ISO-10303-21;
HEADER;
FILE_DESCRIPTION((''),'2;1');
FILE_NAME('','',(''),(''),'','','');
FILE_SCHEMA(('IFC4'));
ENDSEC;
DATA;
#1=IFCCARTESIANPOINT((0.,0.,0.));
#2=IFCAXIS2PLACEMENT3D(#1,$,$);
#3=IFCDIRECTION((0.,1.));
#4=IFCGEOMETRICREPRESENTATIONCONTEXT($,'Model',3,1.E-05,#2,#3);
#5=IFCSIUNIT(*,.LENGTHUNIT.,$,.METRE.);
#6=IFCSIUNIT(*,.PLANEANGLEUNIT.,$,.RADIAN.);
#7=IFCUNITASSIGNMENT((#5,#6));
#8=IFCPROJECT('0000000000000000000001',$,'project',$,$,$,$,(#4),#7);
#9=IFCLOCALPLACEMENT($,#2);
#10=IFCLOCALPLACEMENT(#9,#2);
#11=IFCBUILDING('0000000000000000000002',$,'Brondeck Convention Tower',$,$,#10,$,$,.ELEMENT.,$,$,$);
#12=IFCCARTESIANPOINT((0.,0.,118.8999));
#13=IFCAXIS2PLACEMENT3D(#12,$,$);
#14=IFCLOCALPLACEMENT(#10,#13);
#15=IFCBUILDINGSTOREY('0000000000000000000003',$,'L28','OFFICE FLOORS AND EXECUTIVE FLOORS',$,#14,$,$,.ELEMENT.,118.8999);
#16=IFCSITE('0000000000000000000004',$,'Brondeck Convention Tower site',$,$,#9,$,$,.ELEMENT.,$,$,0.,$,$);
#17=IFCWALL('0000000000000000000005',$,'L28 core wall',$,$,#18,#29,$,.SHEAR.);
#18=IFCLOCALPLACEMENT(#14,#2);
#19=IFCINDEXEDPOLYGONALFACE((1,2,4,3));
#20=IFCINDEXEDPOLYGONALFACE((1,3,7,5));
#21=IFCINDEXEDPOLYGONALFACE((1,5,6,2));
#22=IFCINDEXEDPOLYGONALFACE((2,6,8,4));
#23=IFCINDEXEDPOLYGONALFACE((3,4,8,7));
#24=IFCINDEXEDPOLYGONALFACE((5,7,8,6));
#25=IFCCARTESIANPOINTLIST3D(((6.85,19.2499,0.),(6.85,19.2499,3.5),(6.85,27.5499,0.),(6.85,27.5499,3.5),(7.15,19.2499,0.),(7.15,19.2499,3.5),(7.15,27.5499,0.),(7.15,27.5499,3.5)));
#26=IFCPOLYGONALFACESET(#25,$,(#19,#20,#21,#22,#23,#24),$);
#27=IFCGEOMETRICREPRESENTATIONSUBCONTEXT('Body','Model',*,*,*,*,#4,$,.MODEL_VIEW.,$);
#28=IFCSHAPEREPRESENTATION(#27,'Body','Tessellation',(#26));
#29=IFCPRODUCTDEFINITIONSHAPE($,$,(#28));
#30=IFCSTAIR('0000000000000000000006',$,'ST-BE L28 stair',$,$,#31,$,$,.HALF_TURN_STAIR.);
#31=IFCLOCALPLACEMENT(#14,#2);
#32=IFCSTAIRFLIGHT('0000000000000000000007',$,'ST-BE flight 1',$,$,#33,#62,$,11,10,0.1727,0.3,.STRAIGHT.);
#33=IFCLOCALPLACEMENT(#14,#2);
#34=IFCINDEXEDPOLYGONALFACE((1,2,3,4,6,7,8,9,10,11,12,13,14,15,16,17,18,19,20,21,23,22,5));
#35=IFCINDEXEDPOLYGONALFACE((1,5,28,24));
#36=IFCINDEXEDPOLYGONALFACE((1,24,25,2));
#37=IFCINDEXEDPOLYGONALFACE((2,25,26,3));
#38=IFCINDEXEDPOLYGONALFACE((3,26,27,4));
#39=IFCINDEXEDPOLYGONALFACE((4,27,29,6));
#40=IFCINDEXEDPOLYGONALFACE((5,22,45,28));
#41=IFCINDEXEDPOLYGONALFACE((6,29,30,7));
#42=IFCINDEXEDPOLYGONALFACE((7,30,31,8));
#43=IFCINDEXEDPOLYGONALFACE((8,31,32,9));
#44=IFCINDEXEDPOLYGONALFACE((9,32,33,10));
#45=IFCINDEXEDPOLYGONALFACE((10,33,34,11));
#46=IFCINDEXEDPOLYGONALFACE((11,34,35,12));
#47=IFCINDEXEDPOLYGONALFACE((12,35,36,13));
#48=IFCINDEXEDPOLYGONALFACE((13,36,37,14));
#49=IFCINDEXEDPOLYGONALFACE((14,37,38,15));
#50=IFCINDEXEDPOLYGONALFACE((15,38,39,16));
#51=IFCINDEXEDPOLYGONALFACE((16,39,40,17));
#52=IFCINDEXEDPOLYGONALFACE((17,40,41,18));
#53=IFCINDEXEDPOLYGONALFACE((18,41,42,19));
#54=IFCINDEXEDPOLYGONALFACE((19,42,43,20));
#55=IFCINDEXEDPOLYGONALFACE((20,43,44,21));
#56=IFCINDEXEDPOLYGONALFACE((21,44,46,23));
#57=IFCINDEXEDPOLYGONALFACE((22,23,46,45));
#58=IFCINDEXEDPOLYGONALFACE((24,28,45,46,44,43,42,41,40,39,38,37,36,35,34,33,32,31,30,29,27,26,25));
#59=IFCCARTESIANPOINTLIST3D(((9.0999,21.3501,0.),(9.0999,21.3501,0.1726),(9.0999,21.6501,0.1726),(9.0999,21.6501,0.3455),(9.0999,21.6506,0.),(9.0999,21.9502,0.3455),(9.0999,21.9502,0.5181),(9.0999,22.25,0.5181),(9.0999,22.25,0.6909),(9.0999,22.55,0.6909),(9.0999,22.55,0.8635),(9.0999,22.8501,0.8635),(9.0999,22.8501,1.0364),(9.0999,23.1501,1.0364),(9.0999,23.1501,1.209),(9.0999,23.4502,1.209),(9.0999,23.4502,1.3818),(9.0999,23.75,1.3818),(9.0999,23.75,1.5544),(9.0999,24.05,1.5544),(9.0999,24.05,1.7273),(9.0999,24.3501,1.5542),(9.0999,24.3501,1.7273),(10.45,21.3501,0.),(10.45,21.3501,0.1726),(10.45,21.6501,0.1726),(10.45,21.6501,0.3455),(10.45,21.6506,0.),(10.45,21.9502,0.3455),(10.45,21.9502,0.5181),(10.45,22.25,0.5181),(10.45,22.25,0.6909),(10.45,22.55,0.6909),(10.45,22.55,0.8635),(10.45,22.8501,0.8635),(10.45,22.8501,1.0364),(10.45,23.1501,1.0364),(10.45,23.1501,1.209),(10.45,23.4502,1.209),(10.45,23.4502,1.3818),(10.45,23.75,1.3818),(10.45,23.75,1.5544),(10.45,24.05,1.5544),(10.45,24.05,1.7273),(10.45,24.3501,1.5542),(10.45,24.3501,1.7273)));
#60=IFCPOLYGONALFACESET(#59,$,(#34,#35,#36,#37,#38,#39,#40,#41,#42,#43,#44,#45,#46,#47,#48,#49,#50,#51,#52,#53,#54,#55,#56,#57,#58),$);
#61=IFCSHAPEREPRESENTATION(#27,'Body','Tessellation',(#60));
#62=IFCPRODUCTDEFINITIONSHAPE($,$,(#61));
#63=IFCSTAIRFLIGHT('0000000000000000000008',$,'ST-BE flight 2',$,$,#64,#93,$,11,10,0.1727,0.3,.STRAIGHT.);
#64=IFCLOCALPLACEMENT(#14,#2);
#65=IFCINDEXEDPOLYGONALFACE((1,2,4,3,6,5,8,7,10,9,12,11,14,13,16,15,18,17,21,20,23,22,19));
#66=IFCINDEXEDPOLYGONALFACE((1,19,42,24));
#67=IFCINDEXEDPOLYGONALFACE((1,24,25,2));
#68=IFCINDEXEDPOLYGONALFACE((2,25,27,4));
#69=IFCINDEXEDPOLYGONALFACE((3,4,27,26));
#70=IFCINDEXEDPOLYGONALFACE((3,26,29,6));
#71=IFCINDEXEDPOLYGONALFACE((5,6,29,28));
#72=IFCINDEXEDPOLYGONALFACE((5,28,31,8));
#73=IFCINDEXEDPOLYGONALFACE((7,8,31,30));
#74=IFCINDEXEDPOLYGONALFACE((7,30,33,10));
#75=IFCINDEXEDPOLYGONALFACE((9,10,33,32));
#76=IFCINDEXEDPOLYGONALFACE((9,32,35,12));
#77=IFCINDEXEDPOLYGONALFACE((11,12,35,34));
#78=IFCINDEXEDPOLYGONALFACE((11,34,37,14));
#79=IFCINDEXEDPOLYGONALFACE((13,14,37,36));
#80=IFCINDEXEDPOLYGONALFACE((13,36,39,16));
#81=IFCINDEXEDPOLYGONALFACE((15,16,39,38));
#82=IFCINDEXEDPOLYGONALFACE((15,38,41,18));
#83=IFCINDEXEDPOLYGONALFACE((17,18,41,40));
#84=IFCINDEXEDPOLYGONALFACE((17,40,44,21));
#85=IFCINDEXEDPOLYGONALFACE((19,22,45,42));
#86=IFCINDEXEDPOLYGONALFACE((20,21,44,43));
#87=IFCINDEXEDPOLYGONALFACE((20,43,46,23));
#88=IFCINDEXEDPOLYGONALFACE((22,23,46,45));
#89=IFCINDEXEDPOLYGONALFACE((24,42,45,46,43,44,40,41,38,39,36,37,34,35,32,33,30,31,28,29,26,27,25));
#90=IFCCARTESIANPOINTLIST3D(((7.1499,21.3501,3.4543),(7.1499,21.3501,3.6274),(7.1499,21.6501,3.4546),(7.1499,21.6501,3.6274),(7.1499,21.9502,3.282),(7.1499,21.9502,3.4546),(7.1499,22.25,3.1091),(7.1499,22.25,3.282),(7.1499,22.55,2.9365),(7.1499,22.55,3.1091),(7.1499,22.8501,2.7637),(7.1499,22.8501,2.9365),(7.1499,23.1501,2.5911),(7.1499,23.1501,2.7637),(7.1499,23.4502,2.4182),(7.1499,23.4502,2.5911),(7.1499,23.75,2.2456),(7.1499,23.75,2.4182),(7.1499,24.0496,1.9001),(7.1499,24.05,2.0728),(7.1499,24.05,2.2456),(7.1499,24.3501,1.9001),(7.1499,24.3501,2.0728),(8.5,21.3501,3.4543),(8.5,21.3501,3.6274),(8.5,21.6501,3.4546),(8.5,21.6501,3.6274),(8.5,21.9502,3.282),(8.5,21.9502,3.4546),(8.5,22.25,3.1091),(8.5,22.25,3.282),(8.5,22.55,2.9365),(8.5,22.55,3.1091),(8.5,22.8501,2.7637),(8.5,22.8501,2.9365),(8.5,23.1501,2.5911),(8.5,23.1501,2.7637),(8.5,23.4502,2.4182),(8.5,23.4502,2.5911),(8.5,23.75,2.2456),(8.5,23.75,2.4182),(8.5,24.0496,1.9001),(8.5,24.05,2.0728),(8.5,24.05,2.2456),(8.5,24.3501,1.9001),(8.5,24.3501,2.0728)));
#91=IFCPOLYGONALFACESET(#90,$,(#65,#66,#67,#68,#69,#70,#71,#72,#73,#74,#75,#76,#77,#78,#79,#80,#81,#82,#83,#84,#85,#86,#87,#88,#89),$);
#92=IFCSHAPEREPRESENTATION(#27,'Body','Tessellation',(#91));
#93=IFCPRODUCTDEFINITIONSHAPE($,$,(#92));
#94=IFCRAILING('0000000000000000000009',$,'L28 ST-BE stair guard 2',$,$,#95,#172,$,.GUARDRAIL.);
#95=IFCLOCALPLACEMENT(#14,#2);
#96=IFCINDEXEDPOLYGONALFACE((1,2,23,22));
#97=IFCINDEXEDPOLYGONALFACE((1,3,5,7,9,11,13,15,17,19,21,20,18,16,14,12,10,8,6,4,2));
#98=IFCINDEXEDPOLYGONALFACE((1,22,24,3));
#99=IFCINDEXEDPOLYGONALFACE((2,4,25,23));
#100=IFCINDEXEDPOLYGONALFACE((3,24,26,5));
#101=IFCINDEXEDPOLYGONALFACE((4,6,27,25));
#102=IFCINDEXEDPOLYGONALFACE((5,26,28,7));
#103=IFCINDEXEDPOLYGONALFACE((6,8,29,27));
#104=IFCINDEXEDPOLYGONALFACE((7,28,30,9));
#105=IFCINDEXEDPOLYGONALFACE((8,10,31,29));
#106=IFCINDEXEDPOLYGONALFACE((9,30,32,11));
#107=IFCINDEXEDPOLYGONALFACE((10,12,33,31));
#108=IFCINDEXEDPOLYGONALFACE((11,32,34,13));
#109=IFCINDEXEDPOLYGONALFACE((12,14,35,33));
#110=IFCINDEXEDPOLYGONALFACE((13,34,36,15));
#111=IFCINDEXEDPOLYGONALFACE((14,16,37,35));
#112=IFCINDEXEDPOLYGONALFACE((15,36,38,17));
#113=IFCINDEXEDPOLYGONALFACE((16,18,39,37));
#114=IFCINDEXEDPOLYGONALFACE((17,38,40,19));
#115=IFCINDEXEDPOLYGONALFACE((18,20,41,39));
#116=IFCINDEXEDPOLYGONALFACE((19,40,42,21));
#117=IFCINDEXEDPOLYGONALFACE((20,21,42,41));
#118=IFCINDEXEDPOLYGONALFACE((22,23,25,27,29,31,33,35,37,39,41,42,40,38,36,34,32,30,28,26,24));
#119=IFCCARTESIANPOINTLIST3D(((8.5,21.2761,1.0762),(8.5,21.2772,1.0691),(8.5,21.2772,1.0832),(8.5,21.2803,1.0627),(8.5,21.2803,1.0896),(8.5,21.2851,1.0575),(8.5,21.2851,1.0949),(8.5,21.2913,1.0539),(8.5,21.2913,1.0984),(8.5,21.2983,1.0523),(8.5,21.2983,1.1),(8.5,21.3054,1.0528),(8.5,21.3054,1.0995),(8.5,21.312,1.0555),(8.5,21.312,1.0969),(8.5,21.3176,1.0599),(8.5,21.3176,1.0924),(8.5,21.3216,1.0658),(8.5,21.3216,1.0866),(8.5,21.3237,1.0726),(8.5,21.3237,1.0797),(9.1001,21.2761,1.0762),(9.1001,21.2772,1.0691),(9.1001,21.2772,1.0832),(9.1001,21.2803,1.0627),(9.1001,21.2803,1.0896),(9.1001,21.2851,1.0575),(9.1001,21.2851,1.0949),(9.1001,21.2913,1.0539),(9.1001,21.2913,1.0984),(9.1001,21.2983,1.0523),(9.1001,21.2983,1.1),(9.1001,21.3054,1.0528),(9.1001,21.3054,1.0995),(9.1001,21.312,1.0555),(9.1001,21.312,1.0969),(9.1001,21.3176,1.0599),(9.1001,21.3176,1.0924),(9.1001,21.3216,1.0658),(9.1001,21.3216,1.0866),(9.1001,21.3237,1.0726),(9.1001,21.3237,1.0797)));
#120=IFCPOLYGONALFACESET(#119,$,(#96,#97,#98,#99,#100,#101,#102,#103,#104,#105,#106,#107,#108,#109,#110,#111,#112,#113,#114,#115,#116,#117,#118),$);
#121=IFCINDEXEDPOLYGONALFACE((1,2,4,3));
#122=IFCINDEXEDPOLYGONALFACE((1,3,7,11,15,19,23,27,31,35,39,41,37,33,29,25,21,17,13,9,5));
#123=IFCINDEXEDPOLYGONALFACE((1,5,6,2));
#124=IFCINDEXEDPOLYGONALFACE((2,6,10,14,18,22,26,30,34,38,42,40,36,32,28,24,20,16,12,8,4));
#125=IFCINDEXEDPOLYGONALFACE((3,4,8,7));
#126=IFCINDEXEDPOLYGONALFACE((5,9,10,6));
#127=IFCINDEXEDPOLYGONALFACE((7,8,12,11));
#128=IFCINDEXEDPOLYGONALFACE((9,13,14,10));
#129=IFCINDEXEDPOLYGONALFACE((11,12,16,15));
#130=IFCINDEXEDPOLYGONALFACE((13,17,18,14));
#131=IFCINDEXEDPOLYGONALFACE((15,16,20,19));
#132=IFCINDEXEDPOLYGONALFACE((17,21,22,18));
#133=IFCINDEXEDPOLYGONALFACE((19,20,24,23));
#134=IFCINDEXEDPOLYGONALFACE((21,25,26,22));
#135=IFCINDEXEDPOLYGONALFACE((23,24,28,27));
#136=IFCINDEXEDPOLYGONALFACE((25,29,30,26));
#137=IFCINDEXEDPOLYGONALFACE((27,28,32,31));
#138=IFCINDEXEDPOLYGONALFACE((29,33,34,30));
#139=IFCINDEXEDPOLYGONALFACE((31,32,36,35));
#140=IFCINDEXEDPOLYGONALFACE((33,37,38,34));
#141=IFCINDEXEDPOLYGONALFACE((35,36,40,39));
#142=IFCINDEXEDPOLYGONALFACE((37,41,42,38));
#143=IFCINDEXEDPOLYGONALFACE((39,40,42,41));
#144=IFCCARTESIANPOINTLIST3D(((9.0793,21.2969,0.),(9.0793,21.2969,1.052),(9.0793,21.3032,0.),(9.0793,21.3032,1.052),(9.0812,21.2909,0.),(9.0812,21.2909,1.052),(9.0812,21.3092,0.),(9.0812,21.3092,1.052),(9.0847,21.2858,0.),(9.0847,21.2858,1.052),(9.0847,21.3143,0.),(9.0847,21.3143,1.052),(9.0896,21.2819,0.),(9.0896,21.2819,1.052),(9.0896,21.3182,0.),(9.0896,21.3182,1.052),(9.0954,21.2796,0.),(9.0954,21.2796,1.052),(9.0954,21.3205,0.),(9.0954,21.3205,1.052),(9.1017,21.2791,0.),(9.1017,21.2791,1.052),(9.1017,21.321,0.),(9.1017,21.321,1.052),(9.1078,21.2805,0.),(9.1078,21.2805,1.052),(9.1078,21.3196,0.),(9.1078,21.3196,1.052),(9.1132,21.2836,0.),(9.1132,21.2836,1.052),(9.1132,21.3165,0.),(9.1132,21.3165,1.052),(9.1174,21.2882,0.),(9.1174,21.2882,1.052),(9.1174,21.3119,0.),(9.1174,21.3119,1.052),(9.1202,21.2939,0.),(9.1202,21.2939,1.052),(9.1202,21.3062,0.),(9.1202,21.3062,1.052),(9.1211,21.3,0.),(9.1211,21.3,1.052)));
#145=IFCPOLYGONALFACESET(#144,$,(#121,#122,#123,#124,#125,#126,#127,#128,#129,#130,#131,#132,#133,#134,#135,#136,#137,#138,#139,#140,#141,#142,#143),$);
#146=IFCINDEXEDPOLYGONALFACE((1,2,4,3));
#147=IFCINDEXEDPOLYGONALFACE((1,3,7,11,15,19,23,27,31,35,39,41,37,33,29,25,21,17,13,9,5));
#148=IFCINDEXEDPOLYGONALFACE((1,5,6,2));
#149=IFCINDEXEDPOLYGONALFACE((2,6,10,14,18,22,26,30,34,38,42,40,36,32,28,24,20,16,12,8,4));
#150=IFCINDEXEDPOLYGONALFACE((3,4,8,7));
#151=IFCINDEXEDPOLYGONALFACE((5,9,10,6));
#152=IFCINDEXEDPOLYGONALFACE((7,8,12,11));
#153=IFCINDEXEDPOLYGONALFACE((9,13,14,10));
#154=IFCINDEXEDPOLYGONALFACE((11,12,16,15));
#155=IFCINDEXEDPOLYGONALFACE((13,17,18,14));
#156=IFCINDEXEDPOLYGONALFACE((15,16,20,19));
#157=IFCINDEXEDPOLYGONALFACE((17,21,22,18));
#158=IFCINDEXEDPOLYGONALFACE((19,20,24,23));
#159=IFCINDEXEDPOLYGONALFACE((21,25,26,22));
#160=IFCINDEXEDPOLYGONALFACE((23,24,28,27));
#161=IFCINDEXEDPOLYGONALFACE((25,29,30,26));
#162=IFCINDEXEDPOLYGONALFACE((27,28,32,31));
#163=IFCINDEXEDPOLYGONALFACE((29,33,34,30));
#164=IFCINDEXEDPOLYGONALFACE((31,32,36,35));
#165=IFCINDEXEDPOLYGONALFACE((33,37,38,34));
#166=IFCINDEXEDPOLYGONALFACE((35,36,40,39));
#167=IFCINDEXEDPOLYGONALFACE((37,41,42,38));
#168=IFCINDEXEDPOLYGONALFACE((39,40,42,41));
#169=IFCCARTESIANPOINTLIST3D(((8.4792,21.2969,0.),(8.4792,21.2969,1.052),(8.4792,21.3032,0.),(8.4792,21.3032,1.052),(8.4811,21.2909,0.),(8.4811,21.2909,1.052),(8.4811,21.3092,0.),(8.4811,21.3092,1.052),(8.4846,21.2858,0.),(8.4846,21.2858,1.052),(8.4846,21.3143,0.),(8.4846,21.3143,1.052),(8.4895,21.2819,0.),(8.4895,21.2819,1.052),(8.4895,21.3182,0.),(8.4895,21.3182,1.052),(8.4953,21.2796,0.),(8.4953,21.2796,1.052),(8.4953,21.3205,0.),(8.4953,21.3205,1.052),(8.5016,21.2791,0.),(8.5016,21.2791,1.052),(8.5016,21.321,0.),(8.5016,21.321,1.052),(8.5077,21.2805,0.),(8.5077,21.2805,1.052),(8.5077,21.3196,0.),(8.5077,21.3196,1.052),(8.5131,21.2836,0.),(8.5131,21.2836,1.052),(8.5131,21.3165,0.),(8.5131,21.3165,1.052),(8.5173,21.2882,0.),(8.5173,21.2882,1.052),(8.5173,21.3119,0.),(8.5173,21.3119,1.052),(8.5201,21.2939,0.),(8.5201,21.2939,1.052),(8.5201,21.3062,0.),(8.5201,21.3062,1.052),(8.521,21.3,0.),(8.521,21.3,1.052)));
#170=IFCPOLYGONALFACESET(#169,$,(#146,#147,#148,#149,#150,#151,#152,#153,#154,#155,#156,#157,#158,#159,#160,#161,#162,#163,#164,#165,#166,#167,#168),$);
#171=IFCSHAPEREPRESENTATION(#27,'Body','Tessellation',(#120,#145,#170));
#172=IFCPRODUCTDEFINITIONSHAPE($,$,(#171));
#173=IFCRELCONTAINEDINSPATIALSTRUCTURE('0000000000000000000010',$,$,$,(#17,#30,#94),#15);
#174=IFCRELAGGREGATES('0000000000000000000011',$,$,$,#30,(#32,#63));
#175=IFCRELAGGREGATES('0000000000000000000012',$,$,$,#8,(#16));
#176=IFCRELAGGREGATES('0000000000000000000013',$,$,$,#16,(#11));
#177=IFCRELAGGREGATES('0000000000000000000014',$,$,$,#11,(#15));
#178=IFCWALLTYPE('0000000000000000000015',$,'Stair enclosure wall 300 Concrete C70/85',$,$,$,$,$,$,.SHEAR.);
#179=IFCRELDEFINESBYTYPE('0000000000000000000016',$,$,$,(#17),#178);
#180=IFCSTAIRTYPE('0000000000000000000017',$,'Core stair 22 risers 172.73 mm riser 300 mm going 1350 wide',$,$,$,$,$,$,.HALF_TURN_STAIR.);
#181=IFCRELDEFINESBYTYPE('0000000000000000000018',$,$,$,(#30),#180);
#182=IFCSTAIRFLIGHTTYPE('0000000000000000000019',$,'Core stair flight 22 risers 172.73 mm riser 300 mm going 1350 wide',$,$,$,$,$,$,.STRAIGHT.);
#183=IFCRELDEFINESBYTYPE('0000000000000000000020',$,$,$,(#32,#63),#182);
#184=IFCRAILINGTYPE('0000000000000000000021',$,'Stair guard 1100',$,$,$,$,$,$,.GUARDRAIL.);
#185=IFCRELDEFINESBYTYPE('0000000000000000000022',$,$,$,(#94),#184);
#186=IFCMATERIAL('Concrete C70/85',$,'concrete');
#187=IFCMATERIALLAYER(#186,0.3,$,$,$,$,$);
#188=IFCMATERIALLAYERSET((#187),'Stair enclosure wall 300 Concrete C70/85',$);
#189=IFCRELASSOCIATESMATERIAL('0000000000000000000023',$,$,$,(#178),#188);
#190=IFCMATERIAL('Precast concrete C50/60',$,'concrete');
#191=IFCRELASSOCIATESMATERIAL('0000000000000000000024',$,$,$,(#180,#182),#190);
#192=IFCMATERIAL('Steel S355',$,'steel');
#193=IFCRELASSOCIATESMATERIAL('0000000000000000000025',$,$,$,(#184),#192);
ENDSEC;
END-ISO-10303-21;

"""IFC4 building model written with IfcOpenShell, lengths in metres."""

from ifc_helpers import new_model, si_unit, direction, frame, frame_2d, origin, origin_2d, place, context, subcontext, project, spatial, polyline, rectangle, circle, outline, extrude, material, layer, layer_set, type_object, element, aggregate, save


model = new_model("IFC4")

# Units and contexts
model_context = context("Model", 3, precision=1e-05, world=origin(), true_north=direction((0.0, 1.0)))
body_context = subcontext(model_context, "Body", "Model", "MODEL_VIEW")
ifc_project = project(units=[si_unit("LENGTHUNIT", "METRE"), si_unit("PLANEANGLEUNIT", "RADIAN")], contexts=[model_context])

# Site, building, storey
site_placement = place(None, origin())
site = spatial("IfcSite", under=ifc_project, at=site_placement, Name="Brondeck Convention Tower site", CompositionType="ELEMENT", RefElevation=0.0)
building_placement = place(site_placement, origin())
building = spatial("IfcBuilding", under=site, at=building_placement, Name="Brondeck Convention Tower", CompositionType="ELEMENT")
storey_placement = place(building_placement, frame((0.0, 0.0, 118.8999)))
storey = spatial("IfcBuildingStorey", under=building, at=storey_placement, Name="L28", Description="OFFICE FLOORS AND EXECUTIVE FLOORS", CompositionType="ELEMENT", Elevation=118.8999)

# Shared definitions
ifc_material_1 = material(Name="Concrete C70/85", Category="concrete")

# Shared definitions
ifc_material_2 = material(Name="Steel S355", Category="steel")

# Wall
ifc_layer_1 = layer(ifc_material_1, 0.3)
ifc_layer_set_1 = layer_set([ifc_layer_1], Name="Stair enclosure wall 300 Concrete C70/85")
wall_type_1 = type_object("IfcWallType", Name="Stair enclosure wall 300 Concrete C70/85", PredefinedType="SHEAR", material=ifc_layer_set_1)
wall_1_placement = place(storey_placement, frame((7.0, 19.25, 0.0), z_axis=(0.0, 0.0, 1.0), x_axis=(0.0, 1.0, 0.0)))
element("IfcWall", 1, at=wall_1_placement, inside=storey, type_object=wall_type_1, Name="L28 core wall", PredefinedType="SHEAR", context=body_context, shape_type="SweptSolid", body=[
    extrude(rectangle(XDim=8.3, YDim=0.3, at=frame_2d((4.1499, 0.0))), origin(), (0.0, 0.0, 1.0), 3.5),
])

# Stair, stair flights
ifc_material_3 = material(Name="Precast concrete C50/60", Category="concrete")
stair_type = type_object("IfcStairType", Name="Core stair 22 risers 172.73 mm riser 300 mm going 1350 wide", PredefinedType="HALF_TURN_STAIR", material=ifc_material_3)
stair_placement = place(storey_placement, origin())
stair = element("IfcStair", 2, at=stair_placement, inside=storey, type_object=stair_type, Name="ST-BE L28 stair", PredefinedType="HALF_TURN_STAIR")
stair_flight_type = type_object("IfcStairFlightType", Name="Core stair flight 22 risers 172.73 mm riser 300 mm going 1350 wide", PredefinedType="STRAIGHT", material=ifc_material_3)
stair_flight_1_placement = place(storey_placement, frame((9.7749, 21.3501, 0.0), z_axis=(0.0, 0.0, 1.0), x_axis=(0.0, 1.0, 0.0)))
stair_flight_1 = element("IfcStairFlight", 3, at=stair_flight_1_placement, type_object=stair_flight_type, Name="ST-BE flight 1", NumberOfRisers=11, NumberOfTreads=10, PredefinedType="STRAIGHT", RiserHeight=0.1727, TreadLength=0.3, context=body_context, shape_type="SweptSolid", body=[
    extrude(outline(polyline([(0.0, 0.0), (0.0, 0.1726), (0.3, 0.1726), (0.3, 0.3455), (0.6001, 0.3455), (0.6001, 0.5181), (0.8999, 0.5181), (0.8999, 0.6909), (1.2, 0.6909), (1.2, 0.8635), (1.5, 0.8635), (1.5, 1.0364), (1.8, 1.0364), (1.8, 1.209), (2.1001, 1.209), (2.1001, 1.3818), (2.3999, 1.3818), (2.3999, 1.5544), (2.7, 1.5544), (2.7, 1.7273), (3.0, 1.7273), (3.0, 1.8999), (3.0, 1.5542), (0.3005, 0.0), (0.0, 0.0)])), frame((0.0, 0.675, 0.0), z_axis=(0.0, -1.0, 0.0), x_axis=(1.0, 0.0, 0.0)), (0.0, 0.0, 1.0), 1.3501),
])
stair_flight_2_placement = place(storey_placement, frame((7.825, 24.3501, 1.9001), z_axis=(0.0, 0.0, 1.0), x_axis=(0.0, -1.0, 0.0)))
stair_flight_2 = element("IfcStairFlight", 4, at=stair_flight_2_placement, type_object=stair_flight_type, Name="ST-BE flight 2", NumberOfRisers=11, NumberOfTreads=10, PredefinedType="STRAIGHT", RiserHeight=0.1727, TreadLength=0.3, context=body_context, shape_type="SweptSolid", body=[
    extrude(outline(polyline([(0.0, 0.0), (0.0, 0.1726), (0.3, 0.1726), (0.3, 0.3455), (0.6001, 0.3455), (0.6001, 0.5181), (0.8999, 0.5181), (0.8999, 0.6909), (1.2, 0.6909), (1.2, 0.8635), (1.5, 0.8635), (1.5, 1.0364), (1.8, 1.0364), (1.8, 1.209), (2.1001, 1.209), (2.1001, 1.3818), (2.3999, 1.3818), (2.3999, 1.5544), (2.7, 1.5544), (2.7, 1.7273), (3.0, 1.7273), (3.0, 1.8999), (3.0, 1.5542), (0.3005, 0.0), (0.0, 0.0)])), frame((0.0, 0.675, 0.0), z_axis=(0.0, -1.0, 0.0), x_axis=(1.0, 0.0, 0.0)), (0.0, 0.0, 1.0), 1.3501),
])
aggregate(stair, [stair_flight_1, stair_flight_2])

# Railing
railing_type_1 = type_object("IfcRailingType", Name="Stair guard 1100", PredefinedType="GUARDRAIL", material=ifc_material_2)
railing_1_placement = place(storey_placement, frame((9.1001, 21.3, 0.0)))
element("IfcRailing", 5, at=railing_1_placement, inside=storey, type_object=railing_type_1, Name="L28 ST-BE stair guard 2", PredefinedType="GUARDRAIL", context=body_context, shape_type="SweptSolid", body=[
    extrude(circle(Radius=0.0239, at=origin_2d()), frame((0.0, 0.0, 1.0762), z_axis=(-1.0, 0.0, 0.0), x_axis=(0.0, -1.0, 0.0)), (0.0, 0.0, 1.0), 0.6001),
    extrude(circle(Radius=0.021, at=origin_2d()), origin(), (0.0, 0.0, 1.0), 1.052),
    extrude(circle(Radius=0.021, at=origin_2d()), frame((-0.6001, 0.0, 0.0)), (0.0, 0.0, 1.0), 1.052),
])

save(model, "model.ifc")
